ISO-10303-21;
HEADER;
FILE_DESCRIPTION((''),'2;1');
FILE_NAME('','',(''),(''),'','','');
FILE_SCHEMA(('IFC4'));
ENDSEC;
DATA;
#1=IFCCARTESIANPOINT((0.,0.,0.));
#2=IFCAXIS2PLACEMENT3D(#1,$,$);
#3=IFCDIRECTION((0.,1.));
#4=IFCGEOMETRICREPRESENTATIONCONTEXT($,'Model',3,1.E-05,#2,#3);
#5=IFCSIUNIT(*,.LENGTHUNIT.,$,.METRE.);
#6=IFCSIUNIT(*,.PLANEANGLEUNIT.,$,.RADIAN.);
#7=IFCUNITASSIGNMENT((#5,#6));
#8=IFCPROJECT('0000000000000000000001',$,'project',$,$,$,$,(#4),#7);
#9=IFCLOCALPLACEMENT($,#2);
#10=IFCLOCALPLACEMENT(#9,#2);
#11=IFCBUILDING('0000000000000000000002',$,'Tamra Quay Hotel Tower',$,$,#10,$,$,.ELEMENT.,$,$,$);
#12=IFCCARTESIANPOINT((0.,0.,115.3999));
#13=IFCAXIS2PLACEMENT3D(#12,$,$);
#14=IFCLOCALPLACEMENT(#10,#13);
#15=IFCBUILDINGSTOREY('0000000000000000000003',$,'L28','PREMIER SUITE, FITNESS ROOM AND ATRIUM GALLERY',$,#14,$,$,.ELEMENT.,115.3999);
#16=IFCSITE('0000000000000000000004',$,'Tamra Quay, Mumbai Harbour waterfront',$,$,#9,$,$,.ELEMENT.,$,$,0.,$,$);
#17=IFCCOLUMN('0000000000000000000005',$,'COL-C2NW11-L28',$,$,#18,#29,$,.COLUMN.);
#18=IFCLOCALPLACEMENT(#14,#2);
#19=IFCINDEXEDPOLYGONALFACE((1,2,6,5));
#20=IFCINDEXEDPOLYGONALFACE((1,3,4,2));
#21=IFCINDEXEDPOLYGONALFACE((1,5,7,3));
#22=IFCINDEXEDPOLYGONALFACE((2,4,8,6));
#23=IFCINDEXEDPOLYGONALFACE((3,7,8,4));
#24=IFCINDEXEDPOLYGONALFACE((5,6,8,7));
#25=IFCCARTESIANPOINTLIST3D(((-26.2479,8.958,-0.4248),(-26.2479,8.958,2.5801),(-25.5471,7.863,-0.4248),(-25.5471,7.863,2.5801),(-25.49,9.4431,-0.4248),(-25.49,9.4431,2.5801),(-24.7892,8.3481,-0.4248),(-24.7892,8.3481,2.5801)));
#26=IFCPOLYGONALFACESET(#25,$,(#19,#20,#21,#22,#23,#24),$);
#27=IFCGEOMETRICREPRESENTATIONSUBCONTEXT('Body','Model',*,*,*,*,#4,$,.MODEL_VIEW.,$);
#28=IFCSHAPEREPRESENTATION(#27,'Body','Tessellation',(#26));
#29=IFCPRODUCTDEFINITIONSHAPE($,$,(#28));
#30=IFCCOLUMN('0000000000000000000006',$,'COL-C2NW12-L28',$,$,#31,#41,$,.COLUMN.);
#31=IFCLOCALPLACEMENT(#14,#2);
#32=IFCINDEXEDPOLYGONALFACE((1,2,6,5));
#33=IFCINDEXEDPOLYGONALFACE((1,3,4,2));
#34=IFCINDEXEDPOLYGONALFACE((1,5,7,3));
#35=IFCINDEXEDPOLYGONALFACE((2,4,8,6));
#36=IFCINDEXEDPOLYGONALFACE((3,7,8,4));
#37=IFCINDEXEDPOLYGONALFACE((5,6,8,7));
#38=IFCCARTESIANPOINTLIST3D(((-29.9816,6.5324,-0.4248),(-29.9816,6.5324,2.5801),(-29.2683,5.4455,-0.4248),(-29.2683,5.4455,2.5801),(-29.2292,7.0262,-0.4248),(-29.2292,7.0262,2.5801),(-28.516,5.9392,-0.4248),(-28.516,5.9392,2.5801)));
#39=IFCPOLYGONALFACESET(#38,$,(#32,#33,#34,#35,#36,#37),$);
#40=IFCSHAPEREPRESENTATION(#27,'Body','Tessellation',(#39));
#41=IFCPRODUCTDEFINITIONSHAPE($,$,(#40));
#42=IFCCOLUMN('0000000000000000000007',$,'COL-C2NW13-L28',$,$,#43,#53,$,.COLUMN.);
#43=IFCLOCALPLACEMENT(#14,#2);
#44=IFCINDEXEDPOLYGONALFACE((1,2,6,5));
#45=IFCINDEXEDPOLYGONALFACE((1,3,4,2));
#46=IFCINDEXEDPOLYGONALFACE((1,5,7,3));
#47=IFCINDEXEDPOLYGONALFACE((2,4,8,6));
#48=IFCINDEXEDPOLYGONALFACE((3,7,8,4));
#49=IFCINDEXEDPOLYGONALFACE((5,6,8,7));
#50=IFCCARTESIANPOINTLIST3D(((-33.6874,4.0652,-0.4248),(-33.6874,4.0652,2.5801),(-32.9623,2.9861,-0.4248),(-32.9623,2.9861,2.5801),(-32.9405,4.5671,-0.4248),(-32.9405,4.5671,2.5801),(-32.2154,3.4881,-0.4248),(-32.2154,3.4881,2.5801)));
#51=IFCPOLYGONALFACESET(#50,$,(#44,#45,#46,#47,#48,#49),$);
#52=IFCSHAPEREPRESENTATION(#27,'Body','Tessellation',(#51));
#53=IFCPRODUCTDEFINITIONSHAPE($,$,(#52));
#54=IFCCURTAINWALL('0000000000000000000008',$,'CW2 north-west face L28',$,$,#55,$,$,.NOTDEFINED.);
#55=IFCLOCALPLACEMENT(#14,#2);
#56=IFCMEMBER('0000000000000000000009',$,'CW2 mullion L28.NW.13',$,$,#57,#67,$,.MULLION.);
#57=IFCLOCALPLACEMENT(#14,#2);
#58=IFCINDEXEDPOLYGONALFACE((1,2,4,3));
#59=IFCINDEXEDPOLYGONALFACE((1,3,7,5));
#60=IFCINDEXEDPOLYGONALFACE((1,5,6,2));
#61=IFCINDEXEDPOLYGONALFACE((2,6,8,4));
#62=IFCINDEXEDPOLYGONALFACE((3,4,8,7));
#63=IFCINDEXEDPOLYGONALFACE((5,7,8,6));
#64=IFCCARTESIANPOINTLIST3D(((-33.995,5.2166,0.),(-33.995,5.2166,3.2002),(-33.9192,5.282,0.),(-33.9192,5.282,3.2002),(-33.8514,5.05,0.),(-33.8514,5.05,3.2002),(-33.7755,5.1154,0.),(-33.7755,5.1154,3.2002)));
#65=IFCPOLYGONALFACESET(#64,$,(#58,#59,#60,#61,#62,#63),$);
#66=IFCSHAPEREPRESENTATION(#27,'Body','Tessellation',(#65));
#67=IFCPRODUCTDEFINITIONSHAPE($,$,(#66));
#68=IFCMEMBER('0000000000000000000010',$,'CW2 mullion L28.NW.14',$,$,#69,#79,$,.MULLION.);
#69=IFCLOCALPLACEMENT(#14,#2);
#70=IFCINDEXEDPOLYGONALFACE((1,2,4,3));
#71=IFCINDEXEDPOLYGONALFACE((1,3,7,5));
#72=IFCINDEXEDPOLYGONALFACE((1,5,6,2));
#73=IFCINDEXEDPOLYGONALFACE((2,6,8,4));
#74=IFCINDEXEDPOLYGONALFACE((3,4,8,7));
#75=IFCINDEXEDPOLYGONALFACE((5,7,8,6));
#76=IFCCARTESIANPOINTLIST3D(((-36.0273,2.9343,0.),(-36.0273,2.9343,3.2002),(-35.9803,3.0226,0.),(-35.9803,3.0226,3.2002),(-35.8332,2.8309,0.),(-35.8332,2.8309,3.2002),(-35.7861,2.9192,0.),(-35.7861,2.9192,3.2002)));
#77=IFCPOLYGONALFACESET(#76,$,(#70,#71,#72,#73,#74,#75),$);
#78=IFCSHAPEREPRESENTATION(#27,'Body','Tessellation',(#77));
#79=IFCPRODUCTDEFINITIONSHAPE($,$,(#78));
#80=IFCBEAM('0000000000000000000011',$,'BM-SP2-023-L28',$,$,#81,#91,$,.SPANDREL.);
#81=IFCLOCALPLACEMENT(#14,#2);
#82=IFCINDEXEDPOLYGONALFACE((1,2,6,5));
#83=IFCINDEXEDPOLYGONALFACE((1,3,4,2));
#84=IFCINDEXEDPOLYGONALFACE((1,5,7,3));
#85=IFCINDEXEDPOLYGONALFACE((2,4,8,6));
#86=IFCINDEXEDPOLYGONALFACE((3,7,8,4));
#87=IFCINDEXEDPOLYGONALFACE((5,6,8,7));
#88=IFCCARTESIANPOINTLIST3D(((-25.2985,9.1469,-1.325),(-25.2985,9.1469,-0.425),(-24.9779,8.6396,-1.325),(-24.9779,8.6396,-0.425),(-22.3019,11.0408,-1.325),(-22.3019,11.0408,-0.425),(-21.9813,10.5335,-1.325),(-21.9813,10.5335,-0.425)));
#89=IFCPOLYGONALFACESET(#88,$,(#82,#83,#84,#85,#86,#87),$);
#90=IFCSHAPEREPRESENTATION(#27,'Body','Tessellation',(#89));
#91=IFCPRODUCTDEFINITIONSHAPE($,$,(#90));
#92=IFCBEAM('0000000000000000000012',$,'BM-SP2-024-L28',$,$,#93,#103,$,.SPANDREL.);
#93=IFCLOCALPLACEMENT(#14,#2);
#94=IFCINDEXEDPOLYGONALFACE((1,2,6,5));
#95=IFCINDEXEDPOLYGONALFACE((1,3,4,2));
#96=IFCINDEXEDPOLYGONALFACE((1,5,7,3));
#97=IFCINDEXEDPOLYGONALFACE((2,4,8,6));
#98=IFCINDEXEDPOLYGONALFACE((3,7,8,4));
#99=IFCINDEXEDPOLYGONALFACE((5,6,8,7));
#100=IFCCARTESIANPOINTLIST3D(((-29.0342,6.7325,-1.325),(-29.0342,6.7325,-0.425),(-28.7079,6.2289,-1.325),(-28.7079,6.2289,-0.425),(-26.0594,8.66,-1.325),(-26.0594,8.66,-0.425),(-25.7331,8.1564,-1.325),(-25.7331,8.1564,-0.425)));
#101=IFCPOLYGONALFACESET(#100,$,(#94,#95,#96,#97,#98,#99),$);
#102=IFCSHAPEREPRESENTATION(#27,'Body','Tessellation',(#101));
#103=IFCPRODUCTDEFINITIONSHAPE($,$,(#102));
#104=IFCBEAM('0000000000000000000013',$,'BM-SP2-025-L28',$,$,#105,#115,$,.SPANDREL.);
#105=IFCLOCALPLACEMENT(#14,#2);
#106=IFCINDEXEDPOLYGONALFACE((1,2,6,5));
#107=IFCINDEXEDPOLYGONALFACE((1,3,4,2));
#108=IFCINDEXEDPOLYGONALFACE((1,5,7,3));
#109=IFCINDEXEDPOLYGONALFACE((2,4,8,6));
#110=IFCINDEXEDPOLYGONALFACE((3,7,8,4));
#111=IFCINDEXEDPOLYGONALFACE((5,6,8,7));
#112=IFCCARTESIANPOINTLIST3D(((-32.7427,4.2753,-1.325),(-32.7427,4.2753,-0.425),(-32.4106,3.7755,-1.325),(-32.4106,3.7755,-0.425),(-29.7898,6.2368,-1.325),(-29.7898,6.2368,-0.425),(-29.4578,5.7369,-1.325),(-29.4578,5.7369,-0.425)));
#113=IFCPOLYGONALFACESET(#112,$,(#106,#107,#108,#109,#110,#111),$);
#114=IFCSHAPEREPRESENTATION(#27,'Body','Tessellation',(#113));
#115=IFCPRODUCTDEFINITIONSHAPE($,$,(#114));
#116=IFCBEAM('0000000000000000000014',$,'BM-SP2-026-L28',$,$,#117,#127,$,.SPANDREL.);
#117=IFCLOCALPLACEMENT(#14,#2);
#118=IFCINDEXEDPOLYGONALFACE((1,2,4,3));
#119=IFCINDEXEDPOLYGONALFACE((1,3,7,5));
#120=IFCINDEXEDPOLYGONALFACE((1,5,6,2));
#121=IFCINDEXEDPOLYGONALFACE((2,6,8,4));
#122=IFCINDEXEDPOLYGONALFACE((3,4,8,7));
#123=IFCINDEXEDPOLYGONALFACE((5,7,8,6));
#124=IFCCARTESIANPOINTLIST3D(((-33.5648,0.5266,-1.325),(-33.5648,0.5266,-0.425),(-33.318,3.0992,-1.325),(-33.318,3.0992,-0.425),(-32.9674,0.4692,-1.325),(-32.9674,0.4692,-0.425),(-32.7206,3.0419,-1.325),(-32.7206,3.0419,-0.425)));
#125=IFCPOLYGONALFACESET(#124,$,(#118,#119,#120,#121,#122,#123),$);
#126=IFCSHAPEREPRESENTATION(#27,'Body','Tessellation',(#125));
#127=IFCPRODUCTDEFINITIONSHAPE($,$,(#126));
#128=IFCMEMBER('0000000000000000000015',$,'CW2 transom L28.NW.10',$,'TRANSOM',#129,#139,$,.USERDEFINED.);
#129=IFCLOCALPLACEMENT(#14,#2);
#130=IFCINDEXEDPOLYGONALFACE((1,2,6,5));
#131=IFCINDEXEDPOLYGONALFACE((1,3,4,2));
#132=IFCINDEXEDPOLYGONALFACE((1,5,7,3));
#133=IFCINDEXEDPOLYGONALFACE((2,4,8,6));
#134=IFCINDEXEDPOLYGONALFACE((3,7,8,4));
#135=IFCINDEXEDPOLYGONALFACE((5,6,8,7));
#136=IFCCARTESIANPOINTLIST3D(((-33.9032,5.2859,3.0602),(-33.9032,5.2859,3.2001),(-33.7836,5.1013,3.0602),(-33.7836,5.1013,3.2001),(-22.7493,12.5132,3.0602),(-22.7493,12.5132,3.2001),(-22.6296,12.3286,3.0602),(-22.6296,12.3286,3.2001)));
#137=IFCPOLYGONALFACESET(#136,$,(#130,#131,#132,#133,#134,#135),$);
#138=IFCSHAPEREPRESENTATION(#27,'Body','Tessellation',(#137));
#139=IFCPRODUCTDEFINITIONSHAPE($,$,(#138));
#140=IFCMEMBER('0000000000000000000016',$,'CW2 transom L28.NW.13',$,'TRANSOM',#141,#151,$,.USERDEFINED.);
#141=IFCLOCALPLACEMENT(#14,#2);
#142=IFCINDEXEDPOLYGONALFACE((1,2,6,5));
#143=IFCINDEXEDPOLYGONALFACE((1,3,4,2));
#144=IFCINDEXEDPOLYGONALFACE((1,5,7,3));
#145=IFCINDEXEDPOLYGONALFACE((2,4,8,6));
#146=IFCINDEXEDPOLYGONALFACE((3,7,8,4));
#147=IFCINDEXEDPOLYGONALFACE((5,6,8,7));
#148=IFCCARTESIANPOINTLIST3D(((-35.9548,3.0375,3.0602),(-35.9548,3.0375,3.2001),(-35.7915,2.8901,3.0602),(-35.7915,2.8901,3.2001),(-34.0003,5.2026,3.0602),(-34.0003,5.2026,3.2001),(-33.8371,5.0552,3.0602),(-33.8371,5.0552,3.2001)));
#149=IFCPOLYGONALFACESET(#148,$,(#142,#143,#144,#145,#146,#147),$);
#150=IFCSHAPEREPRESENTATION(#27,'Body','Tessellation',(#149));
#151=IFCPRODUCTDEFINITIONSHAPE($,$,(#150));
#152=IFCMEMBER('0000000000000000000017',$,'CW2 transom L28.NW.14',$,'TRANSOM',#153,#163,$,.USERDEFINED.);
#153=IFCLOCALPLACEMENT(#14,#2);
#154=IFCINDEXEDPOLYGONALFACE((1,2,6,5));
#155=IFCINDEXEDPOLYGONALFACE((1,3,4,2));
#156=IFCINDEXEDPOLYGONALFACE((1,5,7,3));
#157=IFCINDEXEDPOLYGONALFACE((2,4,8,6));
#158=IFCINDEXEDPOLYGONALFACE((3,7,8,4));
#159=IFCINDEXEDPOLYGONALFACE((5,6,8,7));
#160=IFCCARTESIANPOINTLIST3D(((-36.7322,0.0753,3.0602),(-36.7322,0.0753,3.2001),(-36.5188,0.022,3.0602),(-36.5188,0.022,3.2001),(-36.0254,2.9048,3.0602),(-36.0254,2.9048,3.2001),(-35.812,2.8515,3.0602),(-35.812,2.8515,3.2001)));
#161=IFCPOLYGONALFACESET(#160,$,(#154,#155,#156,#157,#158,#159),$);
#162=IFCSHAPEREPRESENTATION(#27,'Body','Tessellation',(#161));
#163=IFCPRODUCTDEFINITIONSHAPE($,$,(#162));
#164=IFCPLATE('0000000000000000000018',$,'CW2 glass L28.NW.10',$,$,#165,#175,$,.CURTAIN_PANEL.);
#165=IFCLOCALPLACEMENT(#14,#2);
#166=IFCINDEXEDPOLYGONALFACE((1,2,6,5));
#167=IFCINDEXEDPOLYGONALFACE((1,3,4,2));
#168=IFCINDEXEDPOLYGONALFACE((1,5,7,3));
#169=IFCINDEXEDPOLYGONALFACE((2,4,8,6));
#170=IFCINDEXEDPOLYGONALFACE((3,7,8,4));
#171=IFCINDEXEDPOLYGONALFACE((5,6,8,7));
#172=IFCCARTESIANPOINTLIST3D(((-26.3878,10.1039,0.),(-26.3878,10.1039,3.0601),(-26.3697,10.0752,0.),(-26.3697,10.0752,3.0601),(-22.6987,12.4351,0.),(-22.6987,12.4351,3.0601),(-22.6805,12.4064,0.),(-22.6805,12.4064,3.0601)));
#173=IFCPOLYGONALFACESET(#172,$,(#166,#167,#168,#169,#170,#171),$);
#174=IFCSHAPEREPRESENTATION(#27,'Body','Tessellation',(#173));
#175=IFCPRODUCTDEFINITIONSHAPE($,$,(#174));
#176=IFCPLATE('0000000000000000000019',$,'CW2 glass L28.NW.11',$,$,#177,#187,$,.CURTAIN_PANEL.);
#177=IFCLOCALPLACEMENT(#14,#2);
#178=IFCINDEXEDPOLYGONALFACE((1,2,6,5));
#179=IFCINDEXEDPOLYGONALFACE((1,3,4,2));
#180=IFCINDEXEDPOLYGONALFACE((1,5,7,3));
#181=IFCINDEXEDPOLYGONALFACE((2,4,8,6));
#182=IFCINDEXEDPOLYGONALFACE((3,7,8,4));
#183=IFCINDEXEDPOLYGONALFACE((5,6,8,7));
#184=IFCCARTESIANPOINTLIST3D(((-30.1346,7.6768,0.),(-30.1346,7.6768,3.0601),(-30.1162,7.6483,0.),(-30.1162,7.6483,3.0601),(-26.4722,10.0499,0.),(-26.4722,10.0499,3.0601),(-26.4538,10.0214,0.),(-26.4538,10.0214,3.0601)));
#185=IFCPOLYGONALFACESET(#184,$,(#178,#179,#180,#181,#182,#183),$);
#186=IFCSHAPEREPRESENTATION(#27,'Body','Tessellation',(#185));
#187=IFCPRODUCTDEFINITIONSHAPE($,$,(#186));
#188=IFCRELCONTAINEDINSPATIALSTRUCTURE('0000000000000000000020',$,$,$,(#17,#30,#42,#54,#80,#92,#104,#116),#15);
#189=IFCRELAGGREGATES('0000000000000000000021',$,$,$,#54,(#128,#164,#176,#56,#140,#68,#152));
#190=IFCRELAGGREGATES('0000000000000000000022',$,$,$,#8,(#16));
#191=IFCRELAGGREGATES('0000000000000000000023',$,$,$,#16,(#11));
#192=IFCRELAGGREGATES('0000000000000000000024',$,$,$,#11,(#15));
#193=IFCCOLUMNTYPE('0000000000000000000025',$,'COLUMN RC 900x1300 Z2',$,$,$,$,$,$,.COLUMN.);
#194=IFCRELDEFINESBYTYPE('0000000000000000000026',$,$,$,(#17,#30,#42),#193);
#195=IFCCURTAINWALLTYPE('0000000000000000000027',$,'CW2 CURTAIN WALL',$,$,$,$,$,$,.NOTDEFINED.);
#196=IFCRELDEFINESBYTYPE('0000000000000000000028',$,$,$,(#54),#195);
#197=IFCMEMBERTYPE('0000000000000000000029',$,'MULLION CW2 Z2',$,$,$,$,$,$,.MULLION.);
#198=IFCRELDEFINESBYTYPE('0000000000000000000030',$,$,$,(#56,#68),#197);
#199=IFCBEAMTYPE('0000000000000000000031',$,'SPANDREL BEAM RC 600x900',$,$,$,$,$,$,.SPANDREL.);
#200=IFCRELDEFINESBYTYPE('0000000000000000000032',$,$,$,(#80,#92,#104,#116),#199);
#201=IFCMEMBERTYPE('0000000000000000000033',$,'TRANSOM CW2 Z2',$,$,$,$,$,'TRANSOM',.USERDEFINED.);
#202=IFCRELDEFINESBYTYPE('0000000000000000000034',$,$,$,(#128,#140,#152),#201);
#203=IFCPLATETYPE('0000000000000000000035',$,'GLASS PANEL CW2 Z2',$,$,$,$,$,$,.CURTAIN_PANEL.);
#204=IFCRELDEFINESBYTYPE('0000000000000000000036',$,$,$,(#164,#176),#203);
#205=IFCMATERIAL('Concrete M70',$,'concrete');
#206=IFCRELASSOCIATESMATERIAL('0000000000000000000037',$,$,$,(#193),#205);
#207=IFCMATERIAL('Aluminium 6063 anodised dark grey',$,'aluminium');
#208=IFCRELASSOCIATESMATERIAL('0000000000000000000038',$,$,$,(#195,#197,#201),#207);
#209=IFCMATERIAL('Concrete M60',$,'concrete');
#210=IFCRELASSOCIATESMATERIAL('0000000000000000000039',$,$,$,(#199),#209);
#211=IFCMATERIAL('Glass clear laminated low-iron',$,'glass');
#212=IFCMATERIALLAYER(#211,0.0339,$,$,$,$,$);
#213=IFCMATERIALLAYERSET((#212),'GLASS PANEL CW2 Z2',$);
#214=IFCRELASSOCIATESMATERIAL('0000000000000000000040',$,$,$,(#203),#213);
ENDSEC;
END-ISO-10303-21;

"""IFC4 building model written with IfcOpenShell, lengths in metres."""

from ifc_helpers import new_model, si_unit, direction, frame, origin, origin_2d, place, context, subcontext, project, spatial, rectangle, extrude, material, layer, layer_set, material_profile, profile_set, type_object, element, aggregate, save


model = new_model("IFC4")

# Units and contexts
model_context = context("Model", 3, precision=1e-05, world=origin(), true_north=direction((0.0, 1.0)))
body_context = subcontext(model_context, "Body", "Model", "MODEL_VIEW")
ifc_project = project(units=[si_unit("LENGTHUNIT", "METRE"), si_unit("PLANEANGLEUNIT", "RADIAN")], contexts=[model_context])

# Site, building, storey
site_placement = place(None, origin())
site = spatial("IfcSite", under=ifc_project, at=site_placement, Name="Tamra Quay, Mumbai Harbour waterfront", CompositionType="ELEMENT", RefElevation=0.0)
building_placement = place(site_placement, origin())
building = spatial("IfcBuilding", under=site, at=building_placement, Name="Tamra Quay Hotel Tower", CompositionType="ELEMENT")
storey_placement = place(building_placement, frame((0.0, 0.0, 115.3999)))
storey = spatial("IfcBuildingStorey", under=building, at=storey_placement, Name="L28", Description="PREMIER SUITE, FITNESS ROOM AND ATRIUM GALLERY", CompositionType="ELEMENT", Elevation=115.3999)

# Columns
ifc_material_1 = material(Name="Concrete M70", Category="concrete")
ifc_material_profile_1 = material_profile(ifc_material_1, rectangle(XDim=1.3, YDim=0.8999, at=origin_2d()), Name="COLUMN RC 900x1300 Z2")
ifc_profile_set_1 = profile_set([ifc_material_profile_1], Name="Concrete M70")
column_type = type_object("IfcColumnType", Name="COLUMN RC 900x1300 Z2", PredefinedType="COLUMN", material=ifc_profile_set_1)
for number, where, z_axis, x_axis, name in (
    (1, (-25.5186, 8.6531, -0.4248), (0.0, 0.0, 1.0), (-0.539065, 0.842264, 0.0), "COL-C2NW11-L28"),
    (2, (-29.2488, 6.2358, -0.4248), (0.0, 0.0, 1.0), (-0.548641, 0.836058, 0.0), "COL-C2NW12-L28"),
    (3, (-32.9514, 3.7766, -0.4248), (0.0, 0.0, 1.0), (-0.557767, 0.829998, 0.0), "COL-C2NW13-L28"),
):
    element("IfcColumn", number, at=place(storey_placement, frame(where, z_axis=z_axis, x_axis=x_axis)), inside=storey, type_object=column_type, Name=name, PredefinedType="COLUMN", context=body_context, shape_type="SweptSolid", body=[
        extrude(rectangle(XDim=1.3, YDim=0.8999, at=origin_2d()), origin(), (0.0, 0.0, 1.0), 3.0049),
    ])

# Curtain wall, members
ifc_material_2 = material(Name="Aluminium 6063 anodised dark grey", Category="aluminium")
curtain_wall_type = type_object("IfcCurtainWallType", Name="CW2 CURTAIN WALL", PredefinedType="NOTDEFINED", material=ifc_material_2)
curtain_wall_placement = place(storey_placement, origin())
curtain_wall = element("IfcCurtainWall", 4, at=curtain_wall_placement, inside=storey, type_object=curtain_wall_type, Name="CW2 north-west face L28", PredefinedType="NOTDEFINED")
ifc_material_profile_2 = material_profile(ifc_material_2, rectangle(XDim=0.22, YDim=0.1001, at=origin_2d()), Name="MULLION 100X220")
ifc_profile_set_2 = profile_set([ifc_material_profile_2], Name="Aluminium 6063 anodised dark grey")
member_type_1 = type_object("IfcMemberType", Name="MULLION CW2 Z2", PredefinedType="MULLION", material=ifc_profile_set_2)
member_1_placement = place(storey_placement, frame((-33.8853, 5.166, 0.0), z_axis=(0.0, 0.0, 1.0), x_axis=(-0.652887, 0.757455, 0.0)))
member_1 = element("IfcMember", 5, at=member_1_placement, type_object=member_type_1, Name="CW2 mullion L28.NW.13", PredefinedType="MULLION", context=body_context, shape_type="SweptSolid", body=[
    extrude(rectangle(XDim=0.22, YDim=0.1001, at=origin_2d()), origin(), (0.0, 0.0, 1.0), 3.2002),
])
member_2_placement = place(storey_placement, frame((-35.9067, 2.9268, 0.0), z_axis=(0.0, 0.0, 1.0), x_axis=(-0.882544, 0.47023, 0.0)))
member_2 = element("IfcMember", 6, at=member_2_placement, type_object=member_type_1, Name="CW2 mullion L28.NW.14", PredefinedType="MULLION", context=body_context, shape_type="SweptSolid", body=[
    extrude(rectangle(XDim=0.22, YDim=0.1001, at=origin_2d()), origin(), (0.0, 0.0, 1.0), 3.2002),
])

# Beams
ifc_material_3 = material(Name="Concrete M60", Category="concrete")
ifc_material_profile_3 = material_profile(ifc_material_3, rectangle(XDim=0.6001, YDim=0.8999, at=origin_2d()), Name="SPANDREL BEAM RC 600x900")
ifc_profile_set_3 = profile_set([ifc_material_profile_3], Name="Concrete M60")
beam_type = type_object("IfcBeamType", Name="SPANDREL BEAM RC 600x900", PredefinedType="SPANDREL", material=ifc_profile_set_3)
beam_1_placement = place(storey_placement, frame((-22.1416, 10.7871, -0.875), z_axis=(-0.845333, -0.534239, 0.0), x_axis=(0.534239, -0.845333, 0.0)))
element("IfcBeam", 7, at=beam_1_placement, inside=storey, type_object=beam_type, Name="BM-SP2-023-L28", PredefinedType="SPANDREL", context=body_context, shape_type="SweptSolid", body=[
    extrude(rectangle(XDim=0.6001, YDim=0.8999, at=origin_2d()), origin(), (0.0, 0.0, 1.0), 3.5449),
])
beam_2_placement = place(storey_placement, frame((-25.8962, 8.4082, -0.875), z_axis=(-0.839237, -0.543765, 0.0), x_axis=(0.543765, -0.839237, 0.0)))
element("IfcBeam", 8, at=beam_2_placement, inside=storey, type_object=beam_type, Name="BM-SP2-024-L28", PredefinedType="SPANDREL", context=body_context, shape_type="SweptSolid", body=[
    extrude(rectangle(XDim=0.6001, YDim=0.8999, at=origin_2d()), origin(), (0.0, 0.0, 1.0), 3.5447),
])
beam_3_placement = place(storey_placement, frame((-29.6238, 5.9868, -0.875), z_axis=(-0.832982, -0.553301, 0.0), x_axis=(0.553301, -0.832982, 0.0)))
element("IfcBeam", 9, at=beam_3_placement, inside=storey, type_object=beam_type, Name="BM-SP2-025-L28", PredefinedType="SPANDREL", context=body_context, shape_type="SweptSolid", body=[
    extrude(rectangle(XDim=0.6001, YDim=0.8999, at=origin_2d()), origin(), (0.0, 0.0, 1.0), 3.5449),
])
beam_4_placement = place(storey_placement, frame((-33.0193, 3.0706, -0.875), z_axis=(-0.0955, -0.995429, 0.0), x_axis=(0.995429, -0.0955, 0.0)))
element("IfcBeam", 10, at=beam_4_placement, inside=storey, type_object=beam_type, Name="BM-SP2-026-L28", PredefinedType="SPANDREL", context=body_context, shape_type="SweptSolid", body=[
    extrude(rectangle(XDim=0.6001, YDim=0.8999, at=origin_2d()), origin(), (0.0, 0.0, 1.0), 2.5845),
])

# Members
ifc_material_profile_4 = material_profile(ifc_material_2, rectangle(XDim=0.22, YDim=0.1399, at=origin_2d()), Name="TRANSOM 220X140")
ifc_profile_set_4 = profile_set([ifc_material_profile_4], Name="Aluminium 6063 anodised dark grey")
member_type_2 = type_object("IfcMemberType", Name="TRANSOM CW2 Z2", ElementType="TRANSOM", PredefinedType="USERDEFINED", material=ifc_profile_set_4)
member_3_placement = place(storey_placement, frame((-22.6895, 12.4209, 3.1301), z_axis=(-0.839228, -0.54378, 0.0), x_axis=(0.54378, -0.839228, 0.0)))
member_3 = element("IfcMember", 11, at=member_3_placement, type_object=member_type_2, Name="CW2 transom L28.NW.10", ObjectType="TRANSOM", PredefinedType="USERDEFINED", context=body_context, shape_type="SweptSolid", body=[
    extrude(rectangle(XDim=0.22, YDim=0.1399, at=origin_2d()), origin(), (0.0, 0.0, 1.0), 13.2908),
])
member_4_placement = place(storey_placement, frame((-33.9187, 5.1289, 3.1301), z_axis=(-0.670065, -0.742303, 0.0), x_axis=(0.742303, -0.670065, 0.0)))
member_4 = element("IfcMember", 12, at=member_4_placement, type_object=member_type_2, Name="CW2 transom L28.NW.13", ObjectType="TRANSOM", PredefinedType="USERDEFINED", context=body_context, shape_type="SweptSolid", body=[
    extrude(rectangle(XDim=0.22, YDim=0.1399, at=origin_2d()), origin(), (0.0, 0.0, 1.0), 2.9167),
])
member_5_placement = place(storey_placement, frame((-35.9187, 2.8782, 3.1301), z_axis=(-0.242339, -0.970192, 0.0), x_axis=(0.970192, -0.242339, 0.0)))
member_5 = element("IfcMember", 13, at=member_5_placement, type_object=member_type_2, Name="CW2 transom L28.NW.14", ObjectType="TRANSOM", PredefinedType="USERDEFINED", context=body_context, shape_type="SweptSolid", body=[
    extrude(rectangle(XDim=0.22, YDim=0.1399, at=origin_2d()), origin(), (0.0, 0.0, 1.0), 2.9165),
])

# Plates
ifc_material_4 = material(Name="Glass clear laminated low-iron", Category="glass")
ifc_layer_1 = layer(ifc_material_4, 0.0339)
ifc_layer_set_1 = layer_set([ifc_layer_1], Name="GLASS PANEL CW2 Z2")
plate_type = type_object("IfcPlateType", Name="GLASS PANEL CW2 Z2", PredefinedType="CURTAIN_PANEL", material=ifc_layer_set_1)
plate_1_placement = place(storey_placement, frame((-24.5342, 11.2551, 0.0), z_axis=(0.0, 0.0, 1.0), x_axis=(-0.845362, -0.534193, 0.0)))
plate_1 = element("IfcPlate", 14, at=plate_1_placement, type_object=plate_type, Name="CW2 glass L28.NW.10", PredefinedType="CURTAIN_PANEL", context=body_context, shape_type="SweptSolid", body=[
    extrude(rectangle(XDim=4.364, YDim=0.0339, at=origin_2d()), origin(), (0.0, 0.0, 1.0), 3.0601),
])
plate_2_placement = place(storey_placement, frame((-28.2942, 8.8491, 0.0), z_axis=(0.0, 0.0, 1.0), x_axis=(-0.839224, -0.543786, 0.0)))
plate_2 = element("IfcPlate", 15, at=plate_2_placement, type_object=plate_type, Name="CW2 glass L28.NW.11", PredefinedType="CURTAIN_PANEL", context=body_context, shape_type="SweptSolid", body=[
    extrude(rectangle(XDim=4.364, YDim=0.0339, at=origin_2d()), origin(), (0.0, 0.0, 1.0), 3.0601),
])
aggregate(curtain_wall, [member_3, plate_1, plate_2, member_1, member_4, member_2, member_5])

save(model, "model.ifc")
